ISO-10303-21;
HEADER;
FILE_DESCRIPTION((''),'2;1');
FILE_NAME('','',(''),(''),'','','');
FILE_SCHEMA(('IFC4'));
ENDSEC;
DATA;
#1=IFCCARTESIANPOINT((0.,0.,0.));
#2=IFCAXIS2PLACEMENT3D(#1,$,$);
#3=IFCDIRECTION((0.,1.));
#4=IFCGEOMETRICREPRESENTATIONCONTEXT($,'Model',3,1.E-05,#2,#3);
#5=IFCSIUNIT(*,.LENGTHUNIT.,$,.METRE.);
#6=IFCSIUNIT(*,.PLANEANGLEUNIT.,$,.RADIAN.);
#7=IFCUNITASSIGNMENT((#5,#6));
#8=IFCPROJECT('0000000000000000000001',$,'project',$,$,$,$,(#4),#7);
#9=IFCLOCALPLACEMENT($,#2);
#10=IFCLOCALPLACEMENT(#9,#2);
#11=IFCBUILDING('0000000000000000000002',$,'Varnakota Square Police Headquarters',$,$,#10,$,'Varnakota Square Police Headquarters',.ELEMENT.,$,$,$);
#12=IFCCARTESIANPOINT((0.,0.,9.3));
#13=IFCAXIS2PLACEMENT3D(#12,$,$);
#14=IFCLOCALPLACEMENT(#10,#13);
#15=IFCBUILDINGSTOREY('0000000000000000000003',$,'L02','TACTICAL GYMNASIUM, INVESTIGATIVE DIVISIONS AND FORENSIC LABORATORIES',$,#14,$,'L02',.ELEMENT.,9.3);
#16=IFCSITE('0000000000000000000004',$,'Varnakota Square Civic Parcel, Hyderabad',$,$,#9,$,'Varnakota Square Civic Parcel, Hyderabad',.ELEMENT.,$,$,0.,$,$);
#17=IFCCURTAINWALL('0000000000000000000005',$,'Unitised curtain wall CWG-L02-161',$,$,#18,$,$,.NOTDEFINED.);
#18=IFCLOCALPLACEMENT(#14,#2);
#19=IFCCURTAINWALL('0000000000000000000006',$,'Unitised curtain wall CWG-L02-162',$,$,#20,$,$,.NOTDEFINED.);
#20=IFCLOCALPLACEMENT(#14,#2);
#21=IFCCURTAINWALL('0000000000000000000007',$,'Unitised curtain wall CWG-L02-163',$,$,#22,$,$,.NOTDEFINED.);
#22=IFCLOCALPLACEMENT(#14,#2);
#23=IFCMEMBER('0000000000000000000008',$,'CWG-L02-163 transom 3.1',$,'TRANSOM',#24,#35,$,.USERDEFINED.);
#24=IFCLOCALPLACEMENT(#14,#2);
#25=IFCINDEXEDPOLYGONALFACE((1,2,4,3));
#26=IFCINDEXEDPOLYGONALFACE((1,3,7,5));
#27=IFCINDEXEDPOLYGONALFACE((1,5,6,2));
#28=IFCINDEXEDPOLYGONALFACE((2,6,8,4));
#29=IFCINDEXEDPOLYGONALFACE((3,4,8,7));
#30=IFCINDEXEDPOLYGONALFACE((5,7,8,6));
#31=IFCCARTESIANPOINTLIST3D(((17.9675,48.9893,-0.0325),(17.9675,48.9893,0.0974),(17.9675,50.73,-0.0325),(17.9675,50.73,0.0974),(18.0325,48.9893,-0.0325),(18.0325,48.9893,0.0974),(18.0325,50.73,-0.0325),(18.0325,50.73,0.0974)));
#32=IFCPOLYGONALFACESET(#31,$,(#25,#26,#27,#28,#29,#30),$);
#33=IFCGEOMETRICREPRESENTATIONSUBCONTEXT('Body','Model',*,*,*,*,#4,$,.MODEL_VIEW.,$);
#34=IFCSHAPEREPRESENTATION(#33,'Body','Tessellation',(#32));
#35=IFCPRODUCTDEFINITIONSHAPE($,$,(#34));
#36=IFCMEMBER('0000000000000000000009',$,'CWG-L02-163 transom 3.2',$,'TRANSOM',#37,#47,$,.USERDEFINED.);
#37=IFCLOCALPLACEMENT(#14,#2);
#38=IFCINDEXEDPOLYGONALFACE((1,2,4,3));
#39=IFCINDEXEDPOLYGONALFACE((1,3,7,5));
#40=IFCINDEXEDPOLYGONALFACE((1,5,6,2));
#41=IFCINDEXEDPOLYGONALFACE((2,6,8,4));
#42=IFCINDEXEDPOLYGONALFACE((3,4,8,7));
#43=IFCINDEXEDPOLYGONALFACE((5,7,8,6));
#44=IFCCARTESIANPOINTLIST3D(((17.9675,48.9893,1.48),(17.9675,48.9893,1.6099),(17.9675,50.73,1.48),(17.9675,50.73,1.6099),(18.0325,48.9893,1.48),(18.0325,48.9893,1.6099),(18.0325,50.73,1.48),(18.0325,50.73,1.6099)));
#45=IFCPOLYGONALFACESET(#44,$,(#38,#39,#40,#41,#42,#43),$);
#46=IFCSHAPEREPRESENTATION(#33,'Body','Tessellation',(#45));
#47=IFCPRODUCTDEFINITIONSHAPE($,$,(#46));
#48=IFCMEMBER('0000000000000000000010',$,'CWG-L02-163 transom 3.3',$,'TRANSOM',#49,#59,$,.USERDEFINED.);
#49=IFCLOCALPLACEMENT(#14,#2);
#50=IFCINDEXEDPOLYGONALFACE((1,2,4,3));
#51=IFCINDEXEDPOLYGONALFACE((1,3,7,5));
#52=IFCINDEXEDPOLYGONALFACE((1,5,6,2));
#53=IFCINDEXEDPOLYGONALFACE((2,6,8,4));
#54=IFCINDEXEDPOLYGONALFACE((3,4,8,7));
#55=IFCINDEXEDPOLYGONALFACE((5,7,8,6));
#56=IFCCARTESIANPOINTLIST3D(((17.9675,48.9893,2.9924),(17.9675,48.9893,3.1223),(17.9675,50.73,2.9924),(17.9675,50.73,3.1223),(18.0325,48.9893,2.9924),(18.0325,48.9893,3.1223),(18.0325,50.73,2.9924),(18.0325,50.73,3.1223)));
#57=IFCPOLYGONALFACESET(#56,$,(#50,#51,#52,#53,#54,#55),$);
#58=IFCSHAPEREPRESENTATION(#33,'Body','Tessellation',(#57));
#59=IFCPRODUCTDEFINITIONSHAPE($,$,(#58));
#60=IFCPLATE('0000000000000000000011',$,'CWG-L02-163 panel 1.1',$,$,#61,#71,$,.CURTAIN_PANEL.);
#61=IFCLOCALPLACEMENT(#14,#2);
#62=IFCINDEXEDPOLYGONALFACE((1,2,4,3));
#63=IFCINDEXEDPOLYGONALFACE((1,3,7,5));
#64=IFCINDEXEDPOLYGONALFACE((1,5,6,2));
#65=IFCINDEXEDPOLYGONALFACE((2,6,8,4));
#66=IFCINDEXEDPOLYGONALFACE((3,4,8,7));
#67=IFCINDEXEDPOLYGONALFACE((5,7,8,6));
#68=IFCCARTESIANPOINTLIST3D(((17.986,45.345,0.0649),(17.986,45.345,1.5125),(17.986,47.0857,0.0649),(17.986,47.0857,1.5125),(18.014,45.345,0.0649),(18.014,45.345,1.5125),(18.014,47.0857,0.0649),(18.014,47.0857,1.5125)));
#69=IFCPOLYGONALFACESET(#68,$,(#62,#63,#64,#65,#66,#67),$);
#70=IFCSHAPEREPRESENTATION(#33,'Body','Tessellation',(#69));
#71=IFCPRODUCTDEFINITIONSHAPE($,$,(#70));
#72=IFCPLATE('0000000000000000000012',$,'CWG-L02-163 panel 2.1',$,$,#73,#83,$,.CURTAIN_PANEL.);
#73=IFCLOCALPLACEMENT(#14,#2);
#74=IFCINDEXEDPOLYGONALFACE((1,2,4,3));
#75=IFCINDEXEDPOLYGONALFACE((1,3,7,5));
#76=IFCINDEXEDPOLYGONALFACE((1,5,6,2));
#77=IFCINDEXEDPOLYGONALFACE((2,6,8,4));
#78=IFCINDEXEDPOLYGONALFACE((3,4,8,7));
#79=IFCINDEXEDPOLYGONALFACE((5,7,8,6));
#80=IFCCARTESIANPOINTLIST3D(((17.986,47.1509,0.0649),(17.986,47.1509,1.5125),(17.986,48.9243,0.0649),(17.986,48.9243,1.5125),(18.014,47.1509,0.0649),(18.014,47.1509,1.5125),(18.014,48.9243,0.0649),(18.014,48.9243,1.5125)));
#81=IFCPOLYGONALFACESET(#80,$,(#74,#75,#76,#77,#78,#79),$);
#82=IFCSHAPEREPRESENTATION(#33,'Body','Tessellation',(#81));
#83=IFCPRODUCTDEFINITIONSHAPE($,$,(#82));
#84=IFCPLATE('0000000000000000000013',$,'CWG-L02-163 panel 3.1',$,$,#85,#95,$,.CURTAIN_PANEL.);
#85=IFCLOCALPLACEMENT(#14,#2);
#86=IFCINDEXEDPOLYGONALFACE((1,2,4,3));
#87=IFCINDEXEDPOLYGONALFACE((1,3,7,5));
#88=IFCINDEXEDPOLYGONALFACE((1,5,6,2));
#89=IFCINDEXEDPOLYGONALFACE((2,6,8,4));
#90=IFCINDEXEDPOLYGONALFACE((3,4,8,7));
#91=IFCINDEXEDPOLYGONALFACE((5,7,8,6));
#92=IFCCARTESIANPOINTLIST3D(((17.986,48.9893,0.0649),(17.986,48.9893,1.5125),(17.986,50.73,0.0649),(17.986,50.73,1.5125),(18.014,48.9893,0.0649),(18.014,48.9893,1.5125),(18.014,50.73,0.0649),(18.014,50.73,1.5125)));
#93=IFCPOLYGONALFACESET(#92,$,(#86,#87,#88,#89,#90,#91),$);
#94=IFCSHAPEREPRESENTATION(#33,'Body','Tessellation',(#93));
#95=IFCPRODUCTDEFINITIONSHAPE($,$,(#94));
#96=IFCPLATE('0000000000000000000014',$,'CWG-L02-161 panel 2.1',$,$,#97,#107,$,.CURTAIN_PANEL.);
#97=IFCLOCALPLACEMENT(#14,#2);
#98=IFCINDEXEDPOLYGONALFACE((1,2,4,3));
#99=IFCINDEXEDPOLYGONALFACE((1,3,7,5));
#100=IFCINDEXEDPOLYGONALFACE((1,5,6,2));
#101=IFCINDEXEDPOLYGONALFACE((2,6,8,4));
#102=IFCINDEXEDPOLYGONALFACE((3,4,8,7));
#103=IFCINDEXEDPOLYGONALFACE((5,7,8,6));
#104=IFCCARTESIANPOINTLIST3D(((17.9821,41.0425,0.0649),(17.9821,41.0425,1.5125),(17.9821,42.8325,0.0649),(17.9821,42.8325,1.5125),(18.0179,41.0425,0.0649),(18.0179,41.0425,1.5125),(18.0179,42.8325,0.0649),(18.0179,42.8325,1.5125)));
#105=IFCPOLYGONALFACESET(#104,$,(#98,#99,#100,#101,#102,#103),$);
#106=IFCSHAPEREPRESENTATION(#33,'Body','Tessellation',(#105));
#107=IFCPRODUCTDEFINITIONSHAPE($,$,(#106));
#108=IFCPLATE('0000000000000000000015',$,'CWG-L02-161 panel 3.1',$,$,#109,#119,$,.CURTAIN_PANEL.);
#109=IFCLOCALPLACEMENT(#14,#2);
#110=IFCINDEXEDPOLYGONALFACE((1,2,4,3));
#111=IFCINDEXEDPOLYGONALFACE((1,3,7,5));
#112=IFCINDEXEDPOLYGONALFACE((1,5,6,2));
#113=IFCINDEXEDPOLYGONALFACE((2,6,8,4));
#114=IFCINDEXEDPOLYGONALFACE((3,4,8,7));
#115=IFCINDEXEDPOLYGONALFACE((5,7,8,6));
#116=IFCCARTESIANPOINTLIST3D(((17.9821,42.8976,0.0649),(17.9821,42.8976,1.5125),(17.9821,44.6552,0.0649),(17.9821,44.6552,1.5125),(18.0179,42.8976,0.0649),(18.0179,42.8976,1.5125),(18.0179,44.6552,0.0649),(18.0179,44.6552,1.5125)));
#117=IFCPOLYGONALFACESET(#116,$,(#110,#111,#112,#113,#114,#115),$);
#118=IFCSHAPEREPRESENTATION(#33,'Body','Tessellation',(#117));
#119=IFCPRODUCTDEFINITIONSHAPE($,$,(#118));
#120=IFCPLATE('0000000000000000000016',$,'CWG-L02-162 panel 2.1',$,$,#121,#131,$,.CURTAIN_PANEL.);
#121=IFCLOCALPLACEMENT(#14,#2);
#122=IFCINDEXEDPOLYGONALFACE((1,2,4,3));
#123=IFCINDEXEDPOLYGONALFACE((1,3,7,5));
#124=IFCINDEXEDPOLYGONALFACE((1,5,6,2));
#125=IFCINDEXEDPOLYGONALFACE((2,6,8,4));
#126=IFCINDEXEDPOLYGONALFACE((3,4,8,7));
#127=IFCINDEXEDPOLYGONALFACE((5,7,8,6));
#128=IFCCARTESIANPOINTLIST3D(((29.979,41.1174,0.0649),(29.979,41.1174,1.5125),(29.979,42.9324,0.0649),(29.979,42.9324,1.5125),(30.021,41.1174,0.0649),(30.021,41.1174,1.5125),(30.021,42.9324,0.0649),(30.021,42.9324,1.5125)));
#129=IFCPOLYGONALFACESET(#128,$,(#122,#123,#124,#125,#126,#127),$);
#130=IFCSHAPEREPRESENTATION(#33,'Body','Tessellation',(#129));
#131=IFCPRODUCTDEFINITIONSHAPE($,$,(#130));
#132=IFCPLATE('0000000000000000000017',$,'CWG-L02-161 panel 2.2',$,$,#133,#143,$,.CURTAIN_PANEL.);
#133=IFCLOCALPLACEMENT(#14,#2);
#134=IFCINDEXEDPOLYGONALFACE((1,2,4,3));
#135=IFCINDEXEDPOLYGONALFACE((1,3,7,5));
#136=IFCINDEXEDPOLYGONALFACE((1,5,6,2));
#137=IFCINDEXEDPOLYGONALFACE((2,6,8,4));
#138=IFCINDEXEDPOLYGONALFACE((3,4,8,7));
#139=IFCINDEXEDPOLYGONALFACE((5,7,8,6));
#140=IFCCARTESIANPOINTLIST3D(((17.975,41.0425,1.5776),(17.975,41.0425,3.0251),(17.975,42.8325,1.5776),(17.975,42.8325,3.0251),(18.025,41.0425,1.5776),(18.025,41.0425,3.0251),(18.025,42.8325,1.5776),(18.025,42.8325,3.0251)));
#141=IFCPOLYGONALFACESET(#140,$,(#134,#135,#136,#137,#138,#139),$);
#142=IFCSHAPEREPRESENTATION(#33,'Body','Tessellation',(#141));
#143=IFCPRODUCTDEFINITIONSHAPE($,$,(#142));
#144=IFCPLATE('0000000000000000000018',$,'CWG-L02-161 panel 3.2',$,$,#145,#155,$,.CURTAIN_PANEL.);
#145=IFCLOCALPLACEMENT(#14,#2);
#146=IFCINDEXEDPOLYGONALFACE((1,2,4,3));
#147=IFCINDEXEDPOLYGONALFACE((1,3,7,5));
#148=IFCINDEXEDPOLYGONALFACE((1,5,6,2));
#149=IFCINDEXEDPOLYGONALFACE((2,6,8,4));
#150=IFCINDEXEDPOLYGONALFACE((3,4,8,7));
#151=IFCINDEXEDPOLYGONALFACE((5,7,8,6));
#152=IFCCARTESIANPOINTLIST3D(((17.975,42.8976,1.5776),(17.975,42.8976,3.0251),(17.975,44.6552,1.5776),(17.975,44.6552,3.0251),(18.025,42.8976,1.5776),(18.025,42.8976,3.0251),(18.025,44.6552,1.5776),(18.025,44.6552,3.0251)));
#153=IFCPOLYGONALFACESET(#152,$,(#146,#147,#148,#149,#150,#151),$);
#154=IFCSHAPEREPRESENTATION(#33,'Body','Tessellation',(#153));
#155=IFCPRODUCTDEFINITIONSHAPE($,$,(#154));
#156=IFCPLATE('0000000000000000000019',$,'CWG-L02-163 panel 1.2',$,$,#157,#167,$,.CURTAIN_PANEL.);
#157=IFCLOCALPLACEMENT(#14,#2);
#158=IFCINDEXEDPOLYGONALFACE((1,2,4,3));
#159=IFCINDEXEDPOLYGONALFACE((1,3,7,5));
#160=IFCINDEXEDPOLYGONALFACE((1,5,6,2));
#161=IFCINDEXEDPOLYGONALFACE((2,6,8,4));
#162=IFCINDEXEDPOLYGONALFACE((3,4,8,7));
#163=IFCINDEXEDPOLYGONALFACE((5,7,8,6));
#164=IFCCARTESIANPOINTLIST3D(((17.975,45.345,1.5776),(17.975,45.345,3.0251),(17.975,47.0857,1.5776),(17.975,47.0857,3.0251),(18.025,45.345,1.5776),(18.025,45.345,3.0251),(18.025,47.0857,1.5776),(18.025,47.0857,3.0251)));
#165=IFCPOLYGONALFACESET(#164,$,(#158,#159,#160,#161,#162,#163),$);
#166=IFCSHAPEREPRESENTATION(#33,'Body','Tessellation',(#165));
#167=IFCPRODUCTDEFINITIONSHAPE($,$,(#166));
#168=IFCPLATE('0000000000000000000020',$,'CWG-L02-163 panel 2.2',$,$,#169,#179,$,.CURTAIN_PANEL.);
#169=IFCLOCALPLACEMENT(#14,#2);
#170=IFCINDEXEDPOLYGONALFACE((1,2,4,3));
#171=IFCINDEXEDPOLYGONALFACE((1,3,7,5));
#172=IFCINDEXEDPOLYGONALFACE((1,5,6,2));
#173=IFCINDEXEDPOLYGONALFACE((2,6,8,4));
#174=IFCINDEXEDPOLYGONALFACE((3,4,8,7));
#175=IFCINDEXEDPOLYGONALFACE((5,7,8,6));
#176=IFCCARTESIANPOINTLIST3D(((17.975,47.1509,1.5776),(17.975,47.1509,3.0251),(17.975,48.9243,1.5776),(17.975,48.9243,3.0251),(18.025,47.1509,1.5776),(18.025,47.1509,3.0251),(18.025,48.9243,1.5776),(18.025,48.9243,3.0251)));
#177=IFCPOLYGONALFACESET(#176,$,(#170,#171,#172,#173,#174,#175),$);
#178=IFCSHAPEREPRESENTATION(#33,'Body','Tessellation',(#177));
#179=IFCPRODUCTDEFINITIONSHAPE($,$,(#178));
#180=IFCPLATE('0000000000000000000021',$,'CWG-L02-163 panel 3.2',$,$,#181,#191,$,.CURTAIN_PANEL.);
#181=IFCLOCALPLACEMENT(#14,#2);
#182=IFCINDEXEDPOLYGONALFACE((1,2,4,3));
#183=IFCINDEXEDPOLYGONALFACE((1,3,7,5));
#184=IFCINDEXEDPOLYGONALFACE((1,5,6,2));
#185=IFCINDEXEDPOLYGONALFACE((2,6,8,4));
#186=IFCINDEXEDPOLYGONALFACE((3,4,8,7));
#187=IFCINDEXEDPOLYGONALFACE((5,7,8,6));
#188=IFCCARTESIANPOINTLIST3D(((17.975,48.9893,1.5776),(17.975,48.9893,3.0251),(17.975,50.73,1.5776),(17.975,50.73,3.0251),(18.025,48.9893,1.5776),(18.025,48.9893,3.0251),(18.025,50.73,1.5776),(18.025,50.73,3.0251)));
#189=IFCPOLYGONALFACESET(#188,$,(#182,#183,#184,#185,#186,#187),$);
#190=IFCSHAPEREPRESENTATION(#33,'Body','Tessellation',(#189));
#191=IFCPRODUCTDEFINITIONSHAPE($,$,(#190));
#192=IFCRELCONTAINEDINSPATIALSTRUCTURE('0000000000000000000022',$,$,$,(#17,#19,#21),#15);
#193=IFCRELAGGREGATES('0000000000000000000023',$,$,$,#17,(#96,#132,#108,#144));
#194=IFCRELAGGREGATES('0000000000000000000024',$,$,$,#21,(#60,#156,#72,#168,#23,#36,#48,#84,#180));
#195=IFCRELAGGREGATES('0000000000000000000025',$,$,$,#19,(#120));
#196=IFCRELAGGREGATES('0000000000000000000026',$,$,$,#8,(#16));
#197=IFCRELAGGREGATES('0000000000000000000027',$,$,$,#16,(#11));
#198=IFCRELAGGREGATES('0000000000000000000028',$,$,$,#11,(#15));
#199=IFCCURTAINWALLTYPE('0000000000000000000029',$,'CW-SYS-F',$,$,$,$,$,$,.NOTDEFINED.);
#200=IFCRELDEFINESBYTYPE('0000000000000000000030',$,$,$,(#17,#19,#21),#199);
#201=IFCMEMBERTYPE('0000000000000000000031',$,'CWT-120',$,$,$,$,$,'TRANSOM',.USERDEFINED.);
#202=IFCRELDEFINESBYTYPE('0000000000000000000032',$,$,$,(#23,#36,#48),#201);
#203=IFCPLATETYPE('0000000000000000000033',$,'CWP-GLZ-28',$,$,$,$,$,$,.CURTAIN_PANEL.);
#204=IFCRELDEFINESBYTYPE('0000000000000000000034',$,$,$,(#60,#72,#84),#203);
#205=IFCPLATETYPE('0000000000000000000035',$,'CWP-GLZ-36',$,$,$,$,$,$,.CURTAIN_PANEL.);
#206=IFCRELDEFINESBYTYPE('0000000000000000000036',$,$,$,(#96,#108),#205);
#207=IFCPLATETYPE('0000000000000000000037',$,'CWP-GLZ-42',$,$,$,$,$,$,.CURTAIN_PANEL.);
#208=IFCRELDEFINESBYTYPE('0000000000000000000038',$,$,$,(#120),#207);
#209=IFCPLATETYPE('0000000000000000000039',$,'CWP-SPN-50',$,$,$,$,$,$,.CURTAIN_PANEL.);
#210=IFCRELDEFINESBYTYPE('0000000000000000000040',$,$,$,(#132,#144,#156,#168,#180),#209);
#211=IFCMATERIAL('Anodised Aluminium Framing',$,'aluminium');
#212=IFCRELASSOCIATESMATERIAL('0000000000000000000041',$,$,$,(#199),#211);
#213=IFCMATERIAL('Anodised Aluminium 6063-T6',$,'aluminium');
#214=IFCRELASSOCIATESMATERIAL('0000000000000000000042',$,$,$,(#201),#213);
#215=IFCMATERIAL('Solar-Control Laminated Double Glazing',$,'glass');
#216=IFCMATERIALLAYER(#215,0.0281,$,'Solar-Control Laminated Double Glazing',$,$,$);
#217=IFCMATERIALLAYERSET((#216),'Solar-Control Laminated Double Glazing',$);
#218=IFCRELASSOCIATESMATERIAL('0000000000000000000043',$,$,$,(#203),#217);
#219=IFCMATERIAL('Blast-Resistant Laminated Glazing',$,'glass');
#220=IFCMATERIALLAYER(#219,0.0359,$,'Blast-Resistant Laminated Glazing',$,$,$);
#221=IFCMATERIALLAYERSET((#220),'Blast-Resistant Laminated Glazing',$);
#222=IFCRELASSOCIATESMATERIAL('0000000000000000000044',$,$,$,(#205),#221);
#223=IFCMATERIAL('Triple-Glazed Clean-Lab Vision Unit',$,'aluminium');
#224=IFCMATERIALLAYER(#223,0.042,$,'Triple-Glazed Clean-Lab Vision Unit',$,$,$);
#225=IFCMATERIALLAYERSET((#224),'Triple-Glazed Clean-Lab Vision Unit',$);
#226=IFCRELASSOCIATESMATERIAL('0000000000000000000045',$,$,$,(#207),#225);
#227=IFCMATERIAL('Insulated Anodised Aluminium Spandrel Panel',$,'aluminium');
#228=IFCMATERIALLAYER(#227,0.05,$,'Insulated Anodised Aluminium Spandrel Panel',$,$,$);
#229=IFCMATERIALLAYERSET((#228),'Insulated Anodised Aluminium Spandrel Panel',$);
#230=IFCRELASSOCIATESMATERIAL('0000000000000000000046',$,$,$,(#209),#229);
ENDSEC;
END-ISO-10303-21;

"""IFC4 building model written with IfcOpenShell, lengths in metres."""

from ifc_helpers import new_model, si_unit, direction, frame, origin, origin_2d, place, context, subcontext, project, spatial, rectangle, extrude, material, layer, layer_set, material_profile, profile_set, type_object, element, aggregate, save


model = new_model("IFC4")

# Units and contexts
model_context = context("Model", 3, precision=1e-05, world=origin(), true_north=direction((0.0, 1.0)))
body_context = subcontext(model_context, "Body", "Model", "MODEL_VIEW")
ifc_project = project(units=[si_unit("LENGTHUNIT", "METRE"), si_unit("PLANEANGLEUNIT", "RADIAN")], contexts=[model_context])

# Site, building, storey
site_placement = place(None, origin())
site = spatial("IfcSite", under=ifc_project, at=site_placement, Name="Varnakota Square Civic Parcel, Hyderabad", LongName="Varnakota Square Civic Parcel, Hyderabad", CompositionType="ELEMENT", RefElevation=0.0)
building_placement = place(site_placement, origin())
building = spatial("IfcBuilding", under=site, at=building_placement, Name="Varnakota Square Police Headquarters", LongName="Varnakota Square Police Headquarters", CompositionType="ELEMENT")
storey_placement = place(building_placement, frame((0.0, 0.0, 9.3)))
storey = spatial("IfcBuildingStorey", under=building, at=storey_placement, Name="L02", Description="TACTICAL GYMNASIUM, INVESTIGATIVE DIVISIONS AND FORENSIC LABORATORIES", LongName="L02", CompositionType="ELEMENT", Elevation=9.3)

# Curtain wall
ifc_material_1 = material(Name="Anodised Aluminium Framing", Category="aluminium")
curtain_wall_type = type_object("IfcCurtainWallType", Name="CW-SYS-F", PredefinedType="NOTDEFINED", material=ifc_material_1)
curtain_wall_1_placement = place(storey_placement, origin())
curtain_wall_1 = element("IfcCurtainWall", 1, at=curtain_wall_1_placement, inside=storey, type_object=curtain_wall_type, Name="Unitised curtain wall CWG-L02-161", PredefinedType="NOTDEFINED")
ifc_material_2 = material(Name="Anodised Aluminium 6063-T6", Category="aluminium")

# Curtain wall
curtain_wall_2_placement = place(storey_placement, origin())
curtain_wall_2 = element("IfcCurtainWall", 2, at=curtain_wall_2_placement, inside=storey, type_object=curtain_wall_type, Name="Unitised curtain wall CWG-L02-162", PredefinedType="NOTDEFINED")

# Curtain wall
curtain_wall_3_placement = place(storey_placement, origin())
curtain_wall_3 = element("IfcCurtainWall", 3, at=curtain_wall_3_placement, inside=storey, type_object=curtain_wall_type, Name="Unitised curtain wall CWG-L02-163", PredefinedType="NOTDEFINED")

# Members
ifc_material_profile_1 = material_profile(ifc_material_2, rectangle(XDim=0.0649, YDim=0.1299, at=origin_2d()), Name="ALU TRANSOM 65x130")
ifc_profile_set_1 = profile_set([ifc_material_profile_1], Name="Anodised Aluminium 6063-T6")
member_type_1 = type_object("IfcMemberType", Name="CWT-120", ElementType="TRANSOM", PredefinedType="USERDEFINED", material=ifc_profile_set_1)
member_1_placement = place(storey_placement, frame((18.0, 48.9893, 0.0325), z_axis=(0.0, 1.0, 0.0), x_axis=(-1.0, 0.0, 0.0)))
member_1 = element("IfcMember", 4, at=member_1_placement, type_object=member_type_1, Name="CWG-L02-163 transom 3.1", ObjectType="TRANSOM", PredefinedType="USERDEFINED", context=body_context, shape_type="SweptSolid", body=[
    extrude(rectangle(XDim=0.0649, YDim=0.1299, at=origin_2d()), origin(), (0.0, 0.0, 1.0), 1.7407),
])
member_2_placement = place(storey_placement, frame((18.0, 48.9893, 1.5449), z_axis=(0.0, 1.0, 0.0), x_axis=(-1.0, 0.0, 0.0)))
member_2 = element("IfcMember", 5, at=member_2_placement, type_object=member_type_1, Name="CWG-L02-163 transom 3.2", ObjectType="TRANSOM", PredefinedType="USERDEFINED", context=body_context, shape_type="SweptSolid", body=[
    extrude(rectangle(XDim=0.0649, YDim=0.1299, at=origin_2d()), origin(), (0.0, 0.0, 1.0), 1.7407),
])
member_3_placement = place(storey_placement, frame((18.0, 48.9893, 3.0574), z_axis=(0.0, 1.0, 0.0), x_axis=(-1.0, 0.0, 0.0)))
member_3 = element("IfcMember", 6, at=member_3_placement, type_object=member_type_1, Name="CWG-L02-163 transom 3.3", ObjectType="TRANSOM", PredefinedType="USERDEFINED", context=body_context, shape_type="SweptSolid", body=[
    extrude(rectangle(XDim=0.0649, YDim=0.1299, at=origin_2d()), origin(), (0.0, 0.0, 1.0), 1.7407),
])

# Plates
ifc_material_3 = material(Name="Solar-Control Laminated Double Glazing", Category="glass")
ifc_layer_1 = layer(ifc_material_3, 0.0281, Name="Solar-Control Laminated Double Glazing")
ifc_layer_set_1 = layer_set([ifc_layer_1], Name="Solar-Control Laminated Double Glazing")
plate_type_1 = type_object("IfcPlateType", Name="CWP-GLZ-28", PredefinedType="CURTAIN_PANEL", material=ifc_layer_set_1)
plate_1_placement = place(storey_placement, frame((18.0, 46.2153, 0.0649), z_axis=(0.0, 0.0, 1.0), x_axis=(0.0, 1.0, 0.0)))
plate_1 = element("IfcPlate", 7, at=plate_1_placement, type_object=plate_type_1, Name="CWG-L02-163 panel 1.1", PredefinedType="CURTAIN_PANEL", context=body_context, shape_type="SweptSolid", body=[
    extrude(rectangle(XDim=1.7407, YDim=0.0281, at=origin_2d()), origin(), (0.0, 0.0, 1.0), 1.4475),
])
plate_2_placement = place(storey_placement, frame((18.0, 48.0376, 0.0649), z_axis=(0.0, 0.0, 1.0), x_axis=(0.0, 1.0, 0.0)))
plate_2 = element("IfcPlate", 8, at=plate_2_placement, type_object=plate_type_1, Name="CWG-L02-163 panel 2.1", PredefinedType="CURTAIN_PANEL", context=body_context, shape_type="SweptSolid", body=[
    extrude(rectangle(XDim=1.7734, YDim=0.0281, at=origin_2d()), origin(), (0.0, 0.0, 1.0), 1.4475),
])
plate_3_placement = place(storey_placement, frame((18.0, 49.8596, 0.0649), z_axis=(0.0, 0.0, 1.0), x_axis=(0.0, 1.0, 0.0)))
plate_3 = element("IfcPlate", 9, at=plate_3_placement, type_object=plate_type_1, Name="CWG-L02-163 panel 3.1", PredefinedType="CURTAIN_PANEL", context=body_context, shape_type="SweptSolid", body=[
    extrude(rectangle(XDim=1.7407, YDim=0.0281, at=origin_2d()), origin(), (0.0, 0.0, 1.0), 1.4475),
])
ifc_material_4 = material(Name="Blast-Resistant Laminated Glazing", Category="glass")
ifc_layer_2 = layer(ifc_material_4, 0.0359, Name="Blast-Resistant Laminated Glazing")
ifc_layer_set_2 = layer_set([ifc_layer_2], Name="Blast-Resistant Laminated Glazing")
plate_type_2 = type_object("IfcPlateType", Name="CWP-GLZ-36", PredefinedType="CURTAIN_PANEL", material=ifc_layer_set_2)
plate_4_placement = place(storey_placement, frame((18.0, 41.9375, 0.0649), z_axis=(0.0, 0.0, 1.0), x_axis=(0.0, 1.0, 0.0)))
plate_4 = element("IfcPlate", 10, at=plate_4_placement, type_object=plate_type_2, Name="CWG-L02-161 panel 2.1", PredefinedType="CURTAIN_PANEL", context=body_context, shape_type="SweptSolid", body=[
    extrude(rectangle(XDim=1.79, YDim=0.0359, at=origin_2d()), origin(), (0.0, 0.0, 1.0), 1.4475),
])
plate_5_placement = place(storey_placement, frame((18.0, 43.7764, 0.0649), z_axis=(0.0, 0.0, 1.0), x_axis=(0.0, 1.0, 0.0)))
plate_5 = element("IfcPlate", 11, at=plate_5_placement, type_object=plate_type_2, Name="CWG-L02-161 panel 3.1", PredefinedType="CURTAIN_PANEL", context=body_context, shape_type="SweptSolid", body=[
    extrude(rectangle(XDim=1.7576, YDim=0.0359, at=origin_2d()), origin(), (0.0, 0.0, 1.0), 1.4475),
])
ifc_material_5 = material(Name="Triple-Glazed Clean-Lab Vision Unit", Category="aluminium")
ifc_layer_3 = layer(ifc_material_5, 0.042, Name="Triple-Glazed Clean-Lab Vision Unit")
ifc_layer_set_3 = layer_set([ifc_layer_3], Name="Triple-Glazed Clean-Lab Vision Unit")
plate_type_3 = type_object("IfcPlateType", Name="CWP-GLZ-42", PredefinedType="CURTAIN_PANEL", material=ifc_layer_set_3)
plate_6_placement = place(storey_placement, frame((30.0, 42.0249, 0.0649), z_axis=(0.0, 0.0, 1.0), x_axis=(0.0, 1.0, 0.0)))
plate_6 = element("IfcPlate", 12, at=plate_6_placement, type_object=plate_type_3, Name="CWG-L02-162 panel 2.1", PredefinedType="CURTAIN_PANEL", context=body_context, shape_type="SweptSolid", body=[
    extrude(rectangle(XDim=1.8149, YDim=0.042, at=origin_2d()), origin(), (0.0, 0.0, 1.0), 1.4475),
])
ifc_material_6 = material(Name="Insulated Anodised Aluminium Spandrel Panel", Category="aluminium")
ifc_layer_4 = layer(ifc_material_6, 0.05, Name="Insulated Anodised Aluminium Spandrel Panel")
ifc_layer_set_4 = layer_set([ifc_layer_4], Name="Insulated Anodised Aluminium Spandrel Panel")
plate_type_4 = type_object("IfcPlateType", Name="CWP-SPN-50", PredefinedType="CURTAIN_PANEL", material=ifc_layer_set_4)
plate_7_placement = place(storey_placement, frame((18.0, 41.9375, 1.5776), z_axis=(0.0, 0.0, 1.0), x_axis=(0.0, 1.0, 0.0)))
plate_7 = element("IfcPlate", 13, at=plate_7_placement, type_object=plate_type_4, Name="CWG-L02-161 panel 2.2", PredefinedType="CURTAIN_PANEL", context=body_context, shape_type="SweptSolid", body=[
    extrude(rectangle(XDim=1.79, YDim=0.05, at=origin_2d()), origin(), (0.0, 0.0, 1.0), 1.4475),
])
plate_8_placement = place(storey_placement, frame((18.0, 43.7764, 1.5776), z_axis=(0.0, 0.0, 1.0), x_axis=(0.0, 1.0, 0.0)))
plate_8 = element("IfcPlate", 14, at=plate_8_placement, type_object=plate_type_4, Name="CWG-L02-161 panel 3.2", PredefinedType="CURTAIN_PANEL", context=body_context, shape_type="SweptSolid", body=[
    extrude(rectangle(XDim=1.7576, YDim=0.05, at=origin_2d()), origin(), (0.0, 0.0, 1.0), 1.4475),
])
aggregate(curtain_wall_1, [plate_4, plate_7, plate_5, plate_8])
plate_9_placement = place(storey_placement, frame((18.0, 46.2153, 1.5776), z_axis=(0.0, 0.0, 1.0), x_axis=(0.0, 1.0, 0.0)))
plate_9 = element("IfcPlate", 15, at=plate_9_placement, type_object=plate_type_4, Name="CWG-L02-163 panel 1.2", PredefinedType="CURTAIN_PANEL", context=body_context, shape_type="SweptSolid", body=[
    extrude(rectangle(XDim=1.7407, YDim=0.05, at=origin_2d()), origin(), (0.0, 0.0, 1.0), 1.4475),
])
plate_10_placement = place(storey_placement, frame((18.0, 48.0376, 1.5776), z_axis=(0.0, 0.0, 1.0), x_axis=(0.0, 1.0, 0.0)))
plate_10 = element("IfcPlate", 16, at=plate_10_placement, type_object=plate_type_4, Name="CWG-L02-163 panel 2.2", PredefinedType="CURTAIN_PANEL", context=body_context, shape_type="SweptSolid", body=[
    extrude(rectangle(XDim=1.7734, YDim=0.05, at=origin_2d()), origin(), (0.0, 0.0, 1.0), 1.4475),
])
plate_11_placement = place(storey_placement, frame((18.0, 49.8596, 1.5776), z_axis=(0.0, 0.0, 1.0), x_axis=(0.0, 1.0, 0.0)))
plate_11 = element("IfcPlate", 17, at=plate_11_placement, type_object=plate_type_4, Name="CWG-L02-163 panel 3.2", PredefinedType="CURTAIN_PANEL", context=body_context, shape_type="SweptSolid", body=[
    extrude(rectangle(XDim=1.7407, YDim=0.05, at=origin_2d()), origin(), (0.0, 0.0, 1.0), 1.4475),
])
aggregate(curtain_wall_3, [plate_1, plate_9, plate_2, plate_10, member_1, member_2, member_3, plate_3, plate_11])
aggregate(curtain_wall_2, [plate_6])

save(model, "model.ifc")
